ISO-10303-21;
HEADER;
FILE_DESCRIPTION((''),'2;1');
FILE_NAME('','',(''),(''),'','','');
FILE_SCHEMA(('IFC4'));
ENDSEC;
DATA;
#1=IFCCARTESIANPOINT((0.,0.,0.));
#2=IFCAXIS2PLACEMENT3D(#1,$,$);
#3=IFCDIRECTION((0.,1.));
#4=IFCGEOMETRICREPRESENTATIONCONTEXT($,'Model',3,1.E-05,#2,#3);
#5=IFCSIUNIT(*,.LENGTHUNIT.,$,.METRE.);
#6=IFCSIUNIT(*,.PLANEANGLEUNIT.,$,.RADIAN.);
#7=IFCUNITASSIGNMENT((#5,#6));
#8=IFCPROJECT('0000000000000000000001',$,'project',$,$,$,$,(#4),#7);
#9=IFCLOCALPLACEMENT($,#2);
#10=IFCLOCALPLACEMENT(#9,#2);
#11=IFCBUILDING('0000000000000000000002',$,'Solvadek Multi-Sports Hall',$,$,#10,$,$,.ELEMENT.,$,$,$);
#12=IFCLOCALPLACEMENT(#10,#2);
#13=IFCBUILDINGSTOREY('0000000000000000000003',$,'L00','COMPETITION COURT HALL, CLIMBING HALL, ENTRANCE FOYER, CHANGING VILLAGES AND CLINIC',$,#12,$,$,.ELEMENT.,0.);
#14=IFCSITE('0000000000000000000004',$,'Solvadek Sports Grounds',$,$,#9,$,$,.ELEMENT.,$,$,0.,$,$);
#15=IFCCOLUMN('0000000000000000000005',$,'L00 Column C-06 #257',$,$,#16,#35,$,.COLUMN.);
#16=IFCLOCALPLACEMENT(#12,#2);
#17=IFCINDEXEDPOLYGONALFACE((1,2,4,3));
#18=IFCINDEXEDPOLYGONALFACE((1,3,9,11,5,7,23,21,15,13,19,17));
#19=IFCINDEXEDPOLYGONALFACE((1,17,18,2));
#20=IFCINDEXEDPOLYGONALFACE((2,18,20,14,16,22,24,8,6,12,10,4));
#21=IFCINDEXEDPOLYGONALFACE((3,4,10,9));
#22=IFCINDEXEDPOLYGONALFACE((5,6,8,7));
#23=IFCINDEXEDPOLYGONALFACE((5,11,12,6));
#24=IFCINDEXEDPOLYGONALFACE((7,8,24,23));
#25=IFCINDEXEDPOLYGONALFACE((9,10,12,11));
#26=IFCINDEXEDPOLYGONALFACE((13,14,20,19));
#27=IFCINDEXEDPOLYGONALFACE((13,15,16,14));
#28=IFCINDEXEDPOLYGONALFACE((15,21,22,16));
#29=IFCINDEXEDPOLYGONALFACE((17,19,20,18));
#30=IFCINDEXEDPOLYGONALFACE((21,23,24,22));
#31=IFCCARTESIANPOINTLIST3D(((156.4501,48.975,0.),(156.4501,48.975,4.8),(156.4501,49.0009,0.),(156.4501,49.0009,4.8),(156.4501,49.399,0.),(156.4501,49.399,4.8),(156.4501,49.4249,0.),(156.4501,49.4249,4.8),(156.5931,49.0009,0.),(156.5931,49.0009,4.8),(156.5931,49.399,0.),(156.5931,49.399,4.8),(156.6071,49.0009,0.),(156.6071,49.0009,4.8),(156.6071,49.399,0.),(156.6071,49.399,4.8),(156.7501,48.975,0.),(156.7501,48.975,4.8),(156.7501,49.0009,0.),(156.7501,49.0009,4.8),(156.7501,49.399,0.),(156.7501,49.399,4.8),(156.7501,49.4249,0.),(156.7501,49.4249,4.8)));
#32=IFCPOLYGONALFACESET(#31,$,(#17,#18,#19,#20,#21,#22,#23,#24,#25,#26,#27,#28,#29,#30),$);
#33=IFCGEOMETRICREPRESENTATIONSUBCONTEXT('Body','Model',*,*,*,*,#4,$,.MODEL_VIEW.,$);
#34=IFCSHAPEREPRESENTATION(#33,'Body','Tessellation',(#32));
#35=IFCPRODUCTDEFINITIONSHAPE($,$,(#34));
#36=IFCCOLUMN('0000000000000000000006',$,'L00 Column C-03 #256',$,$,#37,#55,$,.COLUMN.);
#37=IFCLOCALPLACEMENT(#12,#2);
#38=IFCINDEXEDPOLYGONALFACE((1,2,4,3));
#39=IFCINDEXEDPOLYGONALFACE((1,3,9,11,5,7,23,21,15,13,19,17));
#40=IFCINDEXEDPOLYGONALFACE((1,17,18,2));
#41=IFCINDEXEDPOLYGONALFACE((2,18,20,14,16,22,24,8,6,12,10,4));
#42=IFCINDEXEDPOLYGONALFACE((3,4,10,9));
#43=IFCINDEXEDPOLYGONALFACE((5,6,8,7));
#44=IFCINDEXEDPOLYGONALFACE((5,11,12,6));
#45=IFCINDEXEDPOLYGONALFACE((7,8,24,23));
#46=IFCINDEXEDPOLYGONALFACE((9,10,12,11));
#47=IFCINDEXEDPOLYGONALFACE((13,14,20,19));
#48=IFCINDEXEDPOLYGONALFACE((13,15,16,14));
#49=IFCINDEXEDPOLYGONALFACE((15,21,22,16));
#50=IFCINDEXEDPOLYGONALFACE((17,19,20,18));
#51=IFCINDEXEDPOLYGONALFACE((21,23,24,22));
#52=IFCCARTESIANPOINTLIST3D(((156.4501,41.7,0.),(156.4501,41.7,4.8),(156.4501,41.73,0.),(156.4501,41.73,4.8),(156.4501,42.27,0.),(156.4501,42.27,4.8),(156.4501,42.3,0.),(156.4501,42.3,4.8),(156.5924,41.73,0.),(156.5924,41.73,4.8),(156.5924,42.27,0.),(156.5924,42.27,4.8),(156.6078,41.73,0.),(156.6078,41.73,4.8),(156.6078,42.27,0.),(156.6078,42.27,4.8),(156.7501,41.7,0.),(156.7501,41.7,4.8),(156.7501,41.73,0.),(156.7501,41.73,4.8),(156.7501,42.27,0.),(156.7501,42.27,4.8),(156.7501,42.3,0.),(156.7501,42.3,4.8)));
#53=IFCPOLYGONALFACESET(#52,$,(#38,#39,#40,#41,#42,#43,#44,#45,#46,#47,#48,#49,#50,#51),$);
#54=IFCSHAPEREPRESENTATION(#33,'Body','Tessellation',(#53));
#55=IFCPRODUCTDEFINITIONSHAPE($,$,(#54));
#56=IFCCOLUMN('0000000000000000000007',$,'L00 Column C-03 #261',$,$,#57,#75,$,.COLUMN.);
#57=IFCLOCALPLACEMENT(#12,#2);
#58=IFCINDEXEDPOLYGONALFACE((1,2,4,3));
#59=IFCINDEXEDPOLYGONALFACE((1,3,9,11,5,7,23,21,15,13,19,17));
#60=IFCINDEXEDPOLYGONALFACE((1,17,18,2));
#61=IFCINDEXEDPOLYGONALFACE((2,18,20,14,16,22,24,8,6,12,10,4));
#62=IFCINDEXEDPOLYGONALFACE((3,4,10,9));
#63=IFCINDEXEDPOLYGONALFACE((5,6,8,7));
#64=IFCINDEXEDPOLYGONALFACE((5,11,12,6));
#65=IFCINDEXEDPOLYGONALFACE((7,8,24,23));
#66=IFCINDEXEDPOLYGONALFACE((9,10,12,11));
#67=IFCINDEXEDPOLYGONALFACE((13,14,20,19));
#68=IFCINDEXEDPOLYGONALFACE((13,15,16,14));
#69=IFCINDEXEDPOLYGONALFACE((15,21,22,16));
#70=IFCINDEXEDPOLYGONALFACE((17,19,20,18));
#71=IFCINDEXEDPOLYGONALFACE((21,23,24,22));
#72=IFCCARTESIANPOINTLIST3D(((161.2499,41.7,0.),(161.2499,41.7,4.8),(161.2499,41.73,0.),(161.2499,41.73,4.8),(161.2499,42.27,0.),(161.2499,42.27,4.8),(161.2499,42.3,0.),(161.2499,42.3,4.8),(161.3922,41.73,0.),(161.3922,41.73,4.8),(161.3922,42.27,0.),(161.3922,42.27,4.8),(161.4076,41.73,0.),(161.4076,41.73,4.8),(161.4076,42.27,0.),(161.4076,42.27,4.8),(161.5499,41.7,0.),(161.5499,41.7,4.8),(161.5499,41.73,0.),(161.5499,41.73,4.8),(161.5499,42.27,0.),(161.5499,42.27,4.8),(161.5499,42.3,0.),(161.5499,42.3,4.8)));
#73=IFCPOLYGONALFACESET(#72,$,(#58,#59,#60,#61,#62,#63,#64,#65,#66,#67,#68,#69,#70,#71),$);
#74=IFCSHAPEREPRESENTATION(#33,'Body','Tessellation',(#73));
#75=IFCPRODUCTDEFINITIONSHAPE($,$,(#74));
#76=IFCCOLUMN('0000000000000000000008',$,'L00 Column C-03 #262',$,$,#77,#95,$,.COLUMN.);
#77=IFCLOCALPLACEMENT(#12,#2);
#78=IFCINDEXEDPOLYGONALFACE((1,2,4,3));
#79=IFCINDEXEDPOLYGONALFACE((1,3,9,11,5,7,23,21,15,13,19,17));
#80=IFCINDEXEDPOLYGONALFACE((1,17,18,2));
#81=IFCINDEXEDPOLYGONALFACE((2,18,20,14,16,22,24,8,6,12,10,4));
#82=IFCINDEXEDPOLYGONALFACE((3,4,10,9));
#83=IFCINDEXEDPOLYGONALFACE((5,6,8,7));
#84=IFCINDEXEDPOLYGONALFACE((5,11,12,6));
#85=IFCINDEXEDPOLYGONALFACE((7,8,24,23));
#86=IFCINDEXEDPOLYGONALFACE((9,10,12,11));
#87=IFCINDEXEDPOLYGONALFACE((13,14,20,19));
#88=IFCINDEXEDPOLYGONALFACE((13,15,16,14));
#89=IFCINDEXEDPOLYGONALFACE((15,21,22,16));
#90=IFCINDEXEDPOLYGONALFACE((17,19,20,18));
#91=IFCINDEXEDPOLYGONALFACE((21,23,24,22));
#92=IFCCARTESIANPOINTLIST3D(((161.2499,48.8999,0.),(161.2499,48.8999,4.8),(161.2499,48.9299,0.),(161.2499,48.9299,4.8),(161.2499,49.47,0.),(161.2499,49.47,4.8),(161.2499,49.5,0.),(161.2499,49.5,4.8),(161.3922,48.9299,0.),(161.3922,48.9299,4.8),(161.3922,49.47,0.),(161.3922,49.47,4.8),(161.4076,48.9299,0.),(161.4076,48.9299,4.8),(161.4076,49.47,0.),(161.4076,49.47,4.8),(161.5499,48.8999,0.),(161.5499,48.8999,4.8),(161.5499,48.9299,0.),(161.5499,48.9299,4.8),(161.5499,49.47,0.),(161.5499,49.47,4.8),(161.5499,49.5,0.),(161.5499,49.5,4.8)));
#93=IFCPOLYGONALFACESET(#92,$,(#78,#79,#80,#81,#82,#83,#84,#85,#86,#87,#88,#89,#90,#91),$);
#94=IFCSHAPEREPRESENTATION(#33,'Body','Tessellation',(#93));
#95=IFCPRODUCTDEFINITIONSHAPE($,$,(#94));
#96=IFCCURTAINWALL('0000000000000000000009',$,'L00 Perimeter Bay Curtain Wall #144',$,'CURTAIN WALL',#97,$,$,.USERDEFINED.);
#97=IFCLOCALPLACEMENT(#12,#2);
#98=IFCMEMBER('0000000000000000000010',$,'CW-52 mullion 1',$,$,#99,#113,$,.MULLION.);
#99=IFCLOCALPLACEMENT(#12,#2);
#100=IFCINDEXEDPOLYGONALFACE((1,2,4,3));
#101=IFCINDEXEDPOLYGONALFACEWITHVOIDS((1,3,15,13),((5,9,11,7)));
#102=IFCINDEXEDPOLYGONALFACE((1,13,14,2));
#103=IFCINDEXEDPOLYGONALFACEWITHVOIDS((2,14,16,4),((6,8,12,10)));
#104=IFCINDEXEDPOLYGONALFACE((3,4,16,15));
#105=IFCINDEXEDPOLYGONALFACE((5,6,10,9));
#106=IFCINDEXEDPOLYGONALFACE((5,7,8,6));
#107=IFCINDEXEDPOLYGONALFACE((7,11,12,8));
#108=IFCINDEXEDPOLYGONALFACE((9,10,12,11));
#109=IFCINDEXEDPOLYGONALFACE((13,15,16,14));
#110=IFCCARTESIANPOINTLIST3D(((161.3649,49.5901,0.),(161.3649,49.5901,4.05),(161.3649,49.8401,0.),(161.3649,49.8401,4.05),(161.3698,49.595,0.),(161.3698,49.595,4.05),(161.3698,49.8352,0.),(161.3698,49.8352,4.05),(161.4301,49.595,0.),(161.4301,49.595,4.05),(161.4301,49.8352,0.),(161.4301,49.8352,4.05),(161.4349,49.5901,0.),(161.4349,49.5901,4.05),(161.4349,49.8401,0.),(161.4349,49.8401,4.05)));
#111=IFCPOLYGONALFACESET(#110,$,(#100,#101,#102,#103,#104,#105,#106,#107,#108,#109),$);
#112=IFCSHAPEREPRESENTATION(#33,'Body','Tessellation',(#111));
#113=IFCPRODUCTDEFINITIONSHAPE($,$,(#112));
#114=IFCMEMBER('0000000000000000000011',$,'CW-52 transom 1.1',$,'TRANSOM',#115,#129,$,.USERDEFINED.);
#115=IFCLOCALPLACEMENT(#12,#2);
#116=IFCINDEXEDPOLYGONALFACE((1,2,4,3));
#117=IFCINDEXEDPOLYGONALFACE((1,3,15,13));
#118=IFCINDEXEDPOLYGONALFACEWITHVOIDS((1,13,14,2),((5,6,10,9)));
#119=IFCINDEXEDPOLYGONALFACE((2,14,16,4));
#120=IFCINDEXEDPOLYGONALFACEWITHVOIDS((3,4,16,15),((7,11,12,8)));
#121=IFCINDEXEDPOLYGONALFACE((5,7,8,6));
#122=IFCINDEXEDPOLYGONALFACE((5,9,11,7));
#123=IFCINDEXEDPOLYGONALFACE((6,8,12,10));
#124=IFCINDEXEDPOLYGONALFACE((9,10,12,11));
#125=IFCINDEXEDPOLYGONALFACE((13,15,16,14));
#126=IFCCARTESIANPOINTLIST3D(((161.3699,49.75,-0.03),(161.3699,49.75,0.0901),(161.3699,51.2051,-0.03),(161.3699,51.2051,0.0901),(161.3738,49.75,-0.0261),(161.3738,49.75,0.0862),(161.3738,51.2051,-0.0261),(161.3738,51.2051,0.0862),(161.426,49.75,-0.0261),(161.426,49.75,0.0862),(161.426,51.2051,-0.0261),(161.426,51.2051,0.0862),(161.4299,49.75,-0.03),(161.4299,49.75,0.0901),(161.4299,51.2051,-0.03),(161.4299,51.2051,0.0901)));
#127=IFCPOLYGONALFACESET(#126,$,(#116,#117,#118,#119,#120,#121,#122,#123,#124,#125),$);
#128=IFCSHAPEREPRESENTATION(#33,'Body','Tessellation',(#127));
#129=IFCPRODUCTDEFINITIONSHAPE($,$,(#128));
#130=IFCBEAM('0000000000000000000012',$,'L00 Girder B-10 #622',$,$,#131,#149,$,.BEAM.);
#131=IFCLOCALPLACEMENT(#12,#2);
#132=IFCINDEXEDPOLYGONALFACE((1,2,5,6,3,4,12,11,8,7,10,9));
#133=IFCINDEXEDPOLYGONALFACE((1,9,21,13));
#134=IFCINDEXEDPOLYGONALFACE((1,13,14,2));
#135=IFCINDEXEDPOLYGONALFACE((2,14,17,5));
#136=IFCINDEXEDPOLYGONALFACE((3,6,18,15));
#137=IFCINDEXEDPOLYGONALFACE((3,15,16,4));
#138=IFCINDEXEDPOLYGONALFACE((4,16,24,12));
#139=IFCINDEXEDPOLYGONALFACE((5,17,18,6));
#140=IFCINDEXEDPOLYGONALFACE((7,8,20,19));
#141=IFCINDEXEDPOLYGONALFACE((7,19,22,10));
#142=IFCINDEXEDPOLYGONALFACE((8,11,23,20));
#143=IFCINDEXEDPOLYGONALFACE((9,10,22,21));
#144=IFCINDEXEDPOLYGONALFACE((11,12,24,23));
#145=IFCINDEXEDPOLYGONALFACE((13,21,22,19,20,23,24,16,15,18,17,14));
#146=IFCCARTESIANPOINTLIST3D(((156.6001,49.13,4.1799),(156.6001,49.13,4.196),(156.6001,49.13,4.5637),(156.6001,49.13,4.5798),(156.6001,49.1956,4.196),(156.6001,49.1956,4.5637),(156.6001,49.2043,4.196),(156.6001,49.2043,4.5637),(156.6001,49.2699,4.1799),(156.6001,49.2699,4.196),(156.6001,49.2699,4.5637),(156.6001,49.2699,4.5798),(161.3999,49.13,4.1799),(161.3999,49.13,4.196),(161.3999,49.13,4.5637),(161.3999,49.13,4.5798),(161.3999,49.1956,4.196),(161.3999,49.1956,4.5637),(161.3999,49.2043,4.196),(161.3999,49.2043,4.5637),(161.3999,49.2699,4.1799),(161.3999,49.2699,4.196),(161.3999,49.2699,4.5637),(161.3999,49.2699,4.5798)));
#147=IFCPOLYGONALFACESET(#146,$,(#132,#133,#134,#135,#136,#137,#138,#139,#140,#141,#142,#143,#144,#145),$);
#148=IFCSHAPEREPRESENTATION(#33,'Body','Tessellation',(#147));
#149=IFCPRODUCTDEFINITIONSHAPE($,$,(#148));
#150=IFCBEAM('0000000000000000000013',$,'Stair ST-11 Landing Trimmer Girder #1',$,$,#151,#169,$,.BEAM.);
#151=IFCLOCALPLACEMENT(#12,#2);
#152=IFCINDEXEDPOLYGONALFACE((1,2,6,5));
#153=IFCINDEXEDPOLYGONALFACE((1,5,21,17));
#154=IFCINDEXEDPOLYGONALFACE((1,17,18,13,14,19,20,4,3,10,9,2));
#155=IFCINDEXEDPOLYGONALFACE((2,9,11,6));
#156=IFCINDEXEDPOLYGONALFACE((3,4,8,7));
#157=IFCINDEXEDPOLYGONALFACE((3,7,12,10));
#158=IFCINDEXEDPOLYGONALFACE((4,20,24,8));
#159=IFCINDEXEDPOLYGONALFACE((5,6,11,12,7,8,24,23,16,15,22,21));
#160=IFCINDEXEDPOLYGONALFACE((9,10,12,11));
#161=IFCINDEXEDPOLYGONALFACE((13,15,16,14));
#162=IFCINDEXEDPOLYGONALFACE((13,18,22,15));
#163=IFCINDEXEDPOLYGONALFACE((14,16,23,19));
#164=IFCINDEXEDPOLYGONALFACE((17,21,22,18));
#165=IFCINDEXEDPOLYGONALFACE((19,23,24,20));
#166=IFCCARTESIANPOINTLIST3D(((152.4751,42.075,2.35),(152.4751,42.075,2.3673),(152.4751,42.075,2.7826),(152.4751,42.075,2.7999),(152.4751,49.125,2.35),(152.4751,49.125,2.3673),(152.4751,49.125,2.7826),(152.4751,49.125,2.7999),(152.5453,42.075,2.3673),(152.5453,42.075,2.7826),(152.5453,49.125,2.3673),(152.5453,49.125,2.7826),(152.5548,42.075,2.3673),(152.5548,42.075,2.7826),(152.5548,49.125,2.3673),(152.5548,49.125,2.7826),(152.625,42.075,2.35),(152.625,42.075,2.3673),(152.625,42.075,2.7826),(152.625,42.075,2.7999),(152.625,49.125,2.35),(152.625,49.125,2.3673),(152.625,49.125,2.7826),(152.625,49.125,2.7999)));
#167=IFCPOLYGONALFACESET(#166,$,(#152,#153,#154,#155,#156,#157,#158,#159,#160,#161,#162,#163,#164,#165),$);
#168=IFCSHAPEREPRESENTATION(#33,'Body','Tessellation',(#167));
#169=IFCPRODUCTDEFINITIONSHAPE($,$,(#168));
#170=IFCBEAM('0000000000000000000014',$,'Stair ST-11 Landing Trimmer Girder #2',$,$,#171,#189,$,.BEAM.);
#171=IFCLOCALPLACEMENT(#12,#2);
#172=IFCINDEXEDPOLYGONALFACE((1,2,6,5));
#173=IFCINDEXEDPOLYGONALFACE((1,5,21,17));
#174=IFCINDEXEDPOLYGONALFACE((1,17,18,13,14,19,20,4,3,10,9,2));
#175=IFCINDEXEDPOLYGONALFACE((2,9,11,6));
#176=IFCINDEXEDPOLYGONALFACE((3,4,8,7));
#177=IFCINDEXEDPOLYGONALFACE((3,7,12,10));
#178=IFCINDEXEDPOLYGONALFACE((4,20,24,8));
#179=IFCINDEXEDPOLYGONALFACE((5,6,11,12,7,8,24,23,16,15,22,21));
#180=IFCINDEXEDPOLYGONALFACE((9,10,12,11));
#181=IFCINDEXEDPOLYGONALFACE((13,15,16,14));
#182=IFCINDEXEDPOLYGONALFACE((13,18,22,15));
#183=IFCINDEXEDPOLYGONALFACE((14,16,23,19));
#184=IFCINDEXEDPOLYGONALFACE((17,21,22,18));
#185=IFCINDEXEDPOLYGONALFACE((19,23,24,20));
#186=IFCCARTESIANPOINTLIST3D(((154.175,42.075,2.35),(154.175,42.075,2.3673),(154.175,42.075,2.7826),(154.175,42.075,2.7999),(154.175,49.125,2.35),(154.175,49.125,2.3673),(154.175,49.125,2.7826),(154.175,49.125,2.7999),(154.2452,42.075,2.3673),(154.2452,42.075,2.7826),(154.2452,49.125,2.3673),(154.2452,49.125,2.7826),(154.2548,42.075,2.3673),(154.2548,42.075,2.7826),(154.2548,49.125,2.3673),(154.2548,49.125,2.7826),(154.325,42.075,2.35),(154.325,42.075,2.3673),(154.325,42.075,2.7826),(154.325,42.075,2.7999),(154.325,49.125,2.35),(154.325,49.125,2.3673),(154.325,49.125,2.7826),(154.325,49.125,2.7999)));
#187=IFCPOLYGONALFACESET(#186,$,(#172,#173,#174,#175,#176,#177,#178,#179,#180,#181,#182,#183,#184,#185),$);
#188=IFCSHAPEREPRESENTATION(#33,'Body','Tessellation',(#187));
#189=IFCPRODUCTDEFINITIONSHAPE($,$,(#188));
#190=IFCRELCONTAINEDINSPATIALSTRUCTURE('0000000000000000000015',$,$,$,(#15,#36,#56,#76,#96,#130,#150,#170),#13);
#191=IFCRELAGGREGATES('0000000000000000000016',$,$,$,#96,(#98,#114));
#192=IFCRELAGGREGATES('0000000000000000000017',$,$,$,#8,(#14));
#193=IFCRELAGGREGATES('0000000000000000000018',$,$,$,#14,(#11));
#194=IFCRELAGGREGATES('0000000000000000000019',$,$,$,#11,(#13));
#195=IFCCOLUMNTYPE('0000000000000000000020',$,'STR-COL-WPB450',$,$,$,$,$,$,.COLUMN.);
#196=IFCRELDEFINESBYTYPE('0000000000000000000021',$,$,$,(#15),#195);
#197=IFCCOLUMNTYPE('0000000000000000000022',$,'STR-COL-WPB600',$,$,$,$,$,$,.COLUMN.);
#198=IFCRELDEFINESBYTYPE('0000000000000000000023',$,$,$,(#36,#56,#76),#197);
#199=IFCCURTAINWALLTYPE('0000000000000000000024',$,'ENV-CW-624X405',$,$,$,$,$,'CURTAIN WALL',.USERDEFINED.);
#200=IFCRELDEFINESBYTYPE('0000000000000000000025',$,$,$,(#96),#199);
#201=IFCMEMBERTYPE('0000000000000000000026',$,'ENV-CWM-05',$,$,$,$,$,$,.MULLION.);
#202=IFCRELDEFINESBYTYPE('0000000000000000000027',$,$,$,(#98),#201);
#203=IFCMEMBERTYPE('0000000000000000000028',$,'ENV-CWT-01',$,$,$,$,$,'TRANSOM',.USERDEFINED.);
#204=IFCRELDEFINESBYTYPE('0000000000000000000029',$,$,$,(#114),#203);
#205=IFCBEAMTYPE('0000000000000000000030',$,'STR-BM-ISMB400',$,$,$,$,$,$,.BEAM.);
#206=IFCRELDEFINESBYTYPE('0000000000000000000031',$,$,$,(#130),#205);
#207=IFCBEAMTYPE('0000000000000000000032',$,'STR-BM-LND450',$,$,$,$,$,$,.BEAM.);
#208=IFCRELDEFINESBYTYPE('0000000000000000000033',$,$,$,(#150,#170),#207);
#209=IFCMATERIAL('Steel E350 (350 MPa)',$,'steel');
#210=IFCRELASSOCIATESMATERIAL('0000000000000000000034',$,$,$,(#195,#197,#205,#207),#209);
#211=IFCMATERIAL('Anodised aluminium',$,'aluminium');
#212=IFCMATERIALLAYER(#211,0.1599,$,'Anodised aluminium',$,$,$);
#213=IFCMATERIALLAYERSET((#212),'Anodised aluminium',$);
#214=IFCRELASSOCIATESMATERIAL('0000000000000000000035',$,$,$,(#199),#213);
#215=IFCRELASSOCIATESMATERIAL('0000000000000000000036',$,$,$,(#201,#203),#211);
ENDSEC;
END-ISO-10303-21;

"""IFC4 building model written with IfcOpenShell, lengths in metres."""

from ifc_helpers import new_model, si_unit, direction, frame, origin, origin_2d, place, context, subcontext, project, spatial, hollow_rectangle, i_section, extrude, material, layer, layer_set, material_profile, profile_set, type_object, element, aggregate, save


model = new_model("IFC4")

# Units and contexts
model_context = context("Model", 3, precision=1e-05, world=origin(), true_north=direction((0.0, 1.0)))
body_context = subcontext(model_context, "Body", "Model", "MODEL_VIEW")
ifc_project = project(units=[si_unit("LENGTHUNIT", "METRE"), si_unit("PLANEANGLEUNIT", "RADIAN")], contexts=[model_context])

# Site, building, storey
site_placement = place(None, origin())
site = spatial("IfcSite", under=ifc_project, at=site_placement, Name="Solvadek Sports Grounds", CompositionType="ELEMENT", RefElevation=0.0)
building_placement = place(site_placement, origin())
building = spatial("IfcBuilding", under=site, at=building_placement, Name="Solvadek Multi-Sports Hall", CompositionType="ELEMENT")
storey_placement = place(building_placement, origin())
storey = spatial("IfcBuildingStorey", under=building, at=storey_placement, Name="L00", Description="COMPETITION COURT HALL, CLIMBING HALL, ENTRANCE FOYER, CHANGING VILLAGES AND CLINIC", CompositionType="ELEMENT", Elevation=0.0)

# Columns
ifc_material_1 = material(Name="Steel E350 (350 MPa)", Category="steel")
ifc_material_profile_1 = material_profile(ifc_material_1, i_section(OverallWidth=0.3, OverallDepth=0.45, WebThickness=0.0139, FlangeThickness=0.0259, at=origin_2d()), Name="WPB 450")
ifc_profile_set_1 = profile_set([ifc_material_profile_1], Name="Steel E350 (350 MPa)")
column_type_1 = type_object("IfcColumnType", Name="STR-COL-WPB450", PredefinedType="COLUMN", material=ifc_profile_set_1)
column_placement = place(storey_placement, frame((156.6001, 49.2, 0.0), z_axis=(0.0, 0.0, 1.0), x_axis=(1.0, 0.0, 0.0)))
element("IfcColumn", 1, at=column_placement, inside=storey, type_object=column_type_1, Name="L00 Column C-06 #257", PredefinedType="COLUMN", context=body_context, shape_type="SweptSolid", body=[
    extrude(i_section(OverallWidth=0.3, OverallDepth=0.45, WebThickness=0.0139, FlangeThickness=0.0259, at=origin_2d()), origin(), (0.0, 0.0, 1.0), 4.8),
])
ifc_material_profile_2 = material_profile(ifc_material_1, i_section(OverallWidth=0.3, OverallDepth=0.6001, WebThickness=0.0154, FlangeThickness=0.03, at=origin_2d()), Name="WPB 600")
ifc_profile_set_2 = profile_set([ifc_material_profile_2], Name="Steel E350 (350 MPa)")
column_type_2 = type_object("IfcColumnType", Name="STR-COL-WPB600", PredefinedType="COLUMN", material=ifc_profile_set_2)
for number, where, z_axis, x_axis, name in (
    (2, (156.6001, 42.0, 0.0), (0.0, 0.0, 1.0), (1.0, 0.0, 0.0), "L00 Column C-03 #256"),
    (3, (161.3999, 42.0, 0.0), (0.0, 0.0, 1.0), (1.0, 0.0, 0.0), "L00 Column C-03 #261"),
    (4, (161.3999, 49.2, 0.0), (0.0, 0.0, 1.0), (1.0, 0.0, 0.0), "L00 Column C-03 #262"),
):
    element("IfcColumn", number, at=place(storey_placement, frame(where, z_axis=z_axis, x_axis=x_axis)), inside=storey, type_object=column_type_2, Name=name, PredefinedType="COLUMN", context=body_context, shape_type="SweptSolid", body=[
        extrude(i_section(OverallWidth=0.3, OverallDepth=0.6001, WebThickness=0.0154, FlangeThickness=0.03, at=origin_2d()), origin(), (0.0, 0.0, 1.0), 4.8),
    ])

# Curtain wall, members
ifc_material_2 = material(Name="Anodised aluminium", Category="aluminium")
ifc_layer_1 = layer(ifc_material_2, 0.1599, Name="Anodised aluminium")
ifc_layer_set_1 = layer_set([ifc_layer_1], Name="Anodised aluminium")
curtain_wall_type = type_object("IfcCurtainWallType", Name="ENV-CW-624X405", ElementType="CURTAIN WALL", PredefinedType="USERDEFINED", material=ifc_layer_set_1)
curtain_wall_placement = place(storey_placement, origin())
curtain_wall = element("IfcCurtainWall", 5, at=curtain_wall_placement, inside=storey, type_object=curtain_wall_type, Name="L00 Perimeter Bay Curtain Wall #144", ObjectType="CURTAIN WALL", PredefinedType="USERDEFINED")
ifc_material_profile_3 = material_profile(ifc_material_2, hollow_rectangle(XDim=0.0701, YDim=0.25, WallThickness=0.0049, at=origin_2d()), Name="ALU-M 250x70x5")
ifc_profile_set_3 = profile_set([ifc_material_profile_3], Name="Anodised aluminium")
member_type_1 = type_object("IfcMemberType", Name="ENV-CWM-05", PredefinedType="MULLION", material=ifc_profile_set_3)
member_1_placement = place(storey_placement, frame((161.3999, 49.7151, 0.0), z_axis=(0.0, 0.0, 1.0), x_axis=(-1.0, 0.0, 0.0)))
member_1 = element("IfcMember", 6, at=member_1_placement, type_object=member_type_1, Name="CW-52 mullion 1", PredefinedType="MULLION", context=body_context, shape_type="SweptSolid", body=[
    extrude(hollow_rectangle(XDim=0.0701, YDim=0.25, WallThickness=0.0049, at=origin_2d()), origin(), (0.0, 0.0, 1.0), 4.05),
])
ifc_material_profile_4 = material_profile(ifc_material_2, hollow_rectangle(XDim=0.0601, YDim=0.1201, WallThickness=0.0039, at=origin_2d()), Name="ALU-T 120x60x4")
ifc_profile_set_4 = profile_set([ifc_material_profile_4], Name="Anodised aluminium")
member_type_2 = type_object("IfcMemberType", Name="ENV-CWT-01", ElementType="TRANSOM", PredefinedType="USERDEFINED", material=ifc_profile_set_4)
member_2_placement = place(storey_placement, frame((161.3999, 49.75, 0.03), z_axis=(0.0, 1.0, 0.0), x_axis=(-1.0, 0.0, 0.0)))
member_2 = element("IfcMember", 7, at=member_2_placement, type_object=member_type_2, Name="CW-52 transom 1.1", ObjectType="TRANSOM", PredefinedType="USERDEFINED", context=body_context, shape_type="SweptSolid", body=[
    extrude(hollow_rectangle(XDim=0.0601, YDim=0.1201, WallThickness=0.0039, at=origin_2d()), origin(), (0.0, 0.0, 1.0), 1.4551),
])
aggregate(curtain_wall, [member_1, member_2])

# Beams
ifc_material_profile_5 = material_profile(ifc_material_1, i_section(OverallWidth=0.1399, OverallDepth=0.3999, WebThickness=0.0088, FlangeThickness=0.0161, at=origin_2d()), Name="ISMB 400")
ifc_profile_set_5 = profile_set([ifc_material_profile_5], Name="Steel E350 (350 MPa)")
beam_type_1 = type_object("IfcBeamType", Name="STR-BM-ISMB400", PredefinedType="BEAM", material=ifc_profile_set_5)
beam_1_placement = place(storey_placement, frame((156.6001, 49.2, 4.3799), z_axis=(1.0, 0.0, 0.0), x_axis=(0.0, 1.0, 0.0)))
element("IfcBeam", 8, at=beam_1_placement, inside=storey, type_object=beam_type_1, Name="L00 Girder B-10 #622", PredefinedType="BEAM", context=body_context, shape_type="SweptSolid", body=[
    extrude(i_section(OverallWidth=0.1399, OverallDepth=0.3999, WebThickness=0.0088, FlangeThickness=0.0161, at=origin_2d()), origin(), (0.0, 0.0, 1.0), 4.7998),
])
ifc_material_profile_6 = material_profile(ifc_material_1, i_section(OverallWidth=0.1499, OverallDepth=0.45, WebThickness=0.0095, FlangeThickness=0.0173, at=origin_2d()), Name="ISMB 450")
ifc_profile_set_6 = profile_set([ifc_material_profile_6], Name="Steel E350 (350 MPa)")
beam_type_2 = type_object("IfcBeamType", Name="STR-BM-LND450", PredefinedType="BEAM", material=ifc_profile_set_6)
for number, where, z_axis, x_axis, name in (
    (9, (152.55, 42.075, 2.575), (0.0, 1.0, 0.0), (-1.0, 0.0, 0.0), "Stair ST-11 Landing Trimmer Girder #1"),
    (10, (154.25, 42.075, 2.575), (0.0, 1.0, 0.0), (-1.0, 0.0, 0.0), "Stair ST-11 Landing Trimmer Girder #2"),
):
    element("IfcBeam", number, at=place(storey_placement, frame(where, z_axis=z_axis, x_axis=x_axis)), inside=storey, type_object=beam_type_2, Name=name, PredefinedType="BEAM", context=body_context, shape_type="SweptSolid", body=[
        extrude(i_section(OverallWidth=0.1499, OverallDepth=0.45, WebThickness=0.0095, FlangeThickness=0.0173, at=origin_2d()), origin(), (0.0, 0.0, 1.0), 7.05),
    ])

save(model, "model.ifc")
